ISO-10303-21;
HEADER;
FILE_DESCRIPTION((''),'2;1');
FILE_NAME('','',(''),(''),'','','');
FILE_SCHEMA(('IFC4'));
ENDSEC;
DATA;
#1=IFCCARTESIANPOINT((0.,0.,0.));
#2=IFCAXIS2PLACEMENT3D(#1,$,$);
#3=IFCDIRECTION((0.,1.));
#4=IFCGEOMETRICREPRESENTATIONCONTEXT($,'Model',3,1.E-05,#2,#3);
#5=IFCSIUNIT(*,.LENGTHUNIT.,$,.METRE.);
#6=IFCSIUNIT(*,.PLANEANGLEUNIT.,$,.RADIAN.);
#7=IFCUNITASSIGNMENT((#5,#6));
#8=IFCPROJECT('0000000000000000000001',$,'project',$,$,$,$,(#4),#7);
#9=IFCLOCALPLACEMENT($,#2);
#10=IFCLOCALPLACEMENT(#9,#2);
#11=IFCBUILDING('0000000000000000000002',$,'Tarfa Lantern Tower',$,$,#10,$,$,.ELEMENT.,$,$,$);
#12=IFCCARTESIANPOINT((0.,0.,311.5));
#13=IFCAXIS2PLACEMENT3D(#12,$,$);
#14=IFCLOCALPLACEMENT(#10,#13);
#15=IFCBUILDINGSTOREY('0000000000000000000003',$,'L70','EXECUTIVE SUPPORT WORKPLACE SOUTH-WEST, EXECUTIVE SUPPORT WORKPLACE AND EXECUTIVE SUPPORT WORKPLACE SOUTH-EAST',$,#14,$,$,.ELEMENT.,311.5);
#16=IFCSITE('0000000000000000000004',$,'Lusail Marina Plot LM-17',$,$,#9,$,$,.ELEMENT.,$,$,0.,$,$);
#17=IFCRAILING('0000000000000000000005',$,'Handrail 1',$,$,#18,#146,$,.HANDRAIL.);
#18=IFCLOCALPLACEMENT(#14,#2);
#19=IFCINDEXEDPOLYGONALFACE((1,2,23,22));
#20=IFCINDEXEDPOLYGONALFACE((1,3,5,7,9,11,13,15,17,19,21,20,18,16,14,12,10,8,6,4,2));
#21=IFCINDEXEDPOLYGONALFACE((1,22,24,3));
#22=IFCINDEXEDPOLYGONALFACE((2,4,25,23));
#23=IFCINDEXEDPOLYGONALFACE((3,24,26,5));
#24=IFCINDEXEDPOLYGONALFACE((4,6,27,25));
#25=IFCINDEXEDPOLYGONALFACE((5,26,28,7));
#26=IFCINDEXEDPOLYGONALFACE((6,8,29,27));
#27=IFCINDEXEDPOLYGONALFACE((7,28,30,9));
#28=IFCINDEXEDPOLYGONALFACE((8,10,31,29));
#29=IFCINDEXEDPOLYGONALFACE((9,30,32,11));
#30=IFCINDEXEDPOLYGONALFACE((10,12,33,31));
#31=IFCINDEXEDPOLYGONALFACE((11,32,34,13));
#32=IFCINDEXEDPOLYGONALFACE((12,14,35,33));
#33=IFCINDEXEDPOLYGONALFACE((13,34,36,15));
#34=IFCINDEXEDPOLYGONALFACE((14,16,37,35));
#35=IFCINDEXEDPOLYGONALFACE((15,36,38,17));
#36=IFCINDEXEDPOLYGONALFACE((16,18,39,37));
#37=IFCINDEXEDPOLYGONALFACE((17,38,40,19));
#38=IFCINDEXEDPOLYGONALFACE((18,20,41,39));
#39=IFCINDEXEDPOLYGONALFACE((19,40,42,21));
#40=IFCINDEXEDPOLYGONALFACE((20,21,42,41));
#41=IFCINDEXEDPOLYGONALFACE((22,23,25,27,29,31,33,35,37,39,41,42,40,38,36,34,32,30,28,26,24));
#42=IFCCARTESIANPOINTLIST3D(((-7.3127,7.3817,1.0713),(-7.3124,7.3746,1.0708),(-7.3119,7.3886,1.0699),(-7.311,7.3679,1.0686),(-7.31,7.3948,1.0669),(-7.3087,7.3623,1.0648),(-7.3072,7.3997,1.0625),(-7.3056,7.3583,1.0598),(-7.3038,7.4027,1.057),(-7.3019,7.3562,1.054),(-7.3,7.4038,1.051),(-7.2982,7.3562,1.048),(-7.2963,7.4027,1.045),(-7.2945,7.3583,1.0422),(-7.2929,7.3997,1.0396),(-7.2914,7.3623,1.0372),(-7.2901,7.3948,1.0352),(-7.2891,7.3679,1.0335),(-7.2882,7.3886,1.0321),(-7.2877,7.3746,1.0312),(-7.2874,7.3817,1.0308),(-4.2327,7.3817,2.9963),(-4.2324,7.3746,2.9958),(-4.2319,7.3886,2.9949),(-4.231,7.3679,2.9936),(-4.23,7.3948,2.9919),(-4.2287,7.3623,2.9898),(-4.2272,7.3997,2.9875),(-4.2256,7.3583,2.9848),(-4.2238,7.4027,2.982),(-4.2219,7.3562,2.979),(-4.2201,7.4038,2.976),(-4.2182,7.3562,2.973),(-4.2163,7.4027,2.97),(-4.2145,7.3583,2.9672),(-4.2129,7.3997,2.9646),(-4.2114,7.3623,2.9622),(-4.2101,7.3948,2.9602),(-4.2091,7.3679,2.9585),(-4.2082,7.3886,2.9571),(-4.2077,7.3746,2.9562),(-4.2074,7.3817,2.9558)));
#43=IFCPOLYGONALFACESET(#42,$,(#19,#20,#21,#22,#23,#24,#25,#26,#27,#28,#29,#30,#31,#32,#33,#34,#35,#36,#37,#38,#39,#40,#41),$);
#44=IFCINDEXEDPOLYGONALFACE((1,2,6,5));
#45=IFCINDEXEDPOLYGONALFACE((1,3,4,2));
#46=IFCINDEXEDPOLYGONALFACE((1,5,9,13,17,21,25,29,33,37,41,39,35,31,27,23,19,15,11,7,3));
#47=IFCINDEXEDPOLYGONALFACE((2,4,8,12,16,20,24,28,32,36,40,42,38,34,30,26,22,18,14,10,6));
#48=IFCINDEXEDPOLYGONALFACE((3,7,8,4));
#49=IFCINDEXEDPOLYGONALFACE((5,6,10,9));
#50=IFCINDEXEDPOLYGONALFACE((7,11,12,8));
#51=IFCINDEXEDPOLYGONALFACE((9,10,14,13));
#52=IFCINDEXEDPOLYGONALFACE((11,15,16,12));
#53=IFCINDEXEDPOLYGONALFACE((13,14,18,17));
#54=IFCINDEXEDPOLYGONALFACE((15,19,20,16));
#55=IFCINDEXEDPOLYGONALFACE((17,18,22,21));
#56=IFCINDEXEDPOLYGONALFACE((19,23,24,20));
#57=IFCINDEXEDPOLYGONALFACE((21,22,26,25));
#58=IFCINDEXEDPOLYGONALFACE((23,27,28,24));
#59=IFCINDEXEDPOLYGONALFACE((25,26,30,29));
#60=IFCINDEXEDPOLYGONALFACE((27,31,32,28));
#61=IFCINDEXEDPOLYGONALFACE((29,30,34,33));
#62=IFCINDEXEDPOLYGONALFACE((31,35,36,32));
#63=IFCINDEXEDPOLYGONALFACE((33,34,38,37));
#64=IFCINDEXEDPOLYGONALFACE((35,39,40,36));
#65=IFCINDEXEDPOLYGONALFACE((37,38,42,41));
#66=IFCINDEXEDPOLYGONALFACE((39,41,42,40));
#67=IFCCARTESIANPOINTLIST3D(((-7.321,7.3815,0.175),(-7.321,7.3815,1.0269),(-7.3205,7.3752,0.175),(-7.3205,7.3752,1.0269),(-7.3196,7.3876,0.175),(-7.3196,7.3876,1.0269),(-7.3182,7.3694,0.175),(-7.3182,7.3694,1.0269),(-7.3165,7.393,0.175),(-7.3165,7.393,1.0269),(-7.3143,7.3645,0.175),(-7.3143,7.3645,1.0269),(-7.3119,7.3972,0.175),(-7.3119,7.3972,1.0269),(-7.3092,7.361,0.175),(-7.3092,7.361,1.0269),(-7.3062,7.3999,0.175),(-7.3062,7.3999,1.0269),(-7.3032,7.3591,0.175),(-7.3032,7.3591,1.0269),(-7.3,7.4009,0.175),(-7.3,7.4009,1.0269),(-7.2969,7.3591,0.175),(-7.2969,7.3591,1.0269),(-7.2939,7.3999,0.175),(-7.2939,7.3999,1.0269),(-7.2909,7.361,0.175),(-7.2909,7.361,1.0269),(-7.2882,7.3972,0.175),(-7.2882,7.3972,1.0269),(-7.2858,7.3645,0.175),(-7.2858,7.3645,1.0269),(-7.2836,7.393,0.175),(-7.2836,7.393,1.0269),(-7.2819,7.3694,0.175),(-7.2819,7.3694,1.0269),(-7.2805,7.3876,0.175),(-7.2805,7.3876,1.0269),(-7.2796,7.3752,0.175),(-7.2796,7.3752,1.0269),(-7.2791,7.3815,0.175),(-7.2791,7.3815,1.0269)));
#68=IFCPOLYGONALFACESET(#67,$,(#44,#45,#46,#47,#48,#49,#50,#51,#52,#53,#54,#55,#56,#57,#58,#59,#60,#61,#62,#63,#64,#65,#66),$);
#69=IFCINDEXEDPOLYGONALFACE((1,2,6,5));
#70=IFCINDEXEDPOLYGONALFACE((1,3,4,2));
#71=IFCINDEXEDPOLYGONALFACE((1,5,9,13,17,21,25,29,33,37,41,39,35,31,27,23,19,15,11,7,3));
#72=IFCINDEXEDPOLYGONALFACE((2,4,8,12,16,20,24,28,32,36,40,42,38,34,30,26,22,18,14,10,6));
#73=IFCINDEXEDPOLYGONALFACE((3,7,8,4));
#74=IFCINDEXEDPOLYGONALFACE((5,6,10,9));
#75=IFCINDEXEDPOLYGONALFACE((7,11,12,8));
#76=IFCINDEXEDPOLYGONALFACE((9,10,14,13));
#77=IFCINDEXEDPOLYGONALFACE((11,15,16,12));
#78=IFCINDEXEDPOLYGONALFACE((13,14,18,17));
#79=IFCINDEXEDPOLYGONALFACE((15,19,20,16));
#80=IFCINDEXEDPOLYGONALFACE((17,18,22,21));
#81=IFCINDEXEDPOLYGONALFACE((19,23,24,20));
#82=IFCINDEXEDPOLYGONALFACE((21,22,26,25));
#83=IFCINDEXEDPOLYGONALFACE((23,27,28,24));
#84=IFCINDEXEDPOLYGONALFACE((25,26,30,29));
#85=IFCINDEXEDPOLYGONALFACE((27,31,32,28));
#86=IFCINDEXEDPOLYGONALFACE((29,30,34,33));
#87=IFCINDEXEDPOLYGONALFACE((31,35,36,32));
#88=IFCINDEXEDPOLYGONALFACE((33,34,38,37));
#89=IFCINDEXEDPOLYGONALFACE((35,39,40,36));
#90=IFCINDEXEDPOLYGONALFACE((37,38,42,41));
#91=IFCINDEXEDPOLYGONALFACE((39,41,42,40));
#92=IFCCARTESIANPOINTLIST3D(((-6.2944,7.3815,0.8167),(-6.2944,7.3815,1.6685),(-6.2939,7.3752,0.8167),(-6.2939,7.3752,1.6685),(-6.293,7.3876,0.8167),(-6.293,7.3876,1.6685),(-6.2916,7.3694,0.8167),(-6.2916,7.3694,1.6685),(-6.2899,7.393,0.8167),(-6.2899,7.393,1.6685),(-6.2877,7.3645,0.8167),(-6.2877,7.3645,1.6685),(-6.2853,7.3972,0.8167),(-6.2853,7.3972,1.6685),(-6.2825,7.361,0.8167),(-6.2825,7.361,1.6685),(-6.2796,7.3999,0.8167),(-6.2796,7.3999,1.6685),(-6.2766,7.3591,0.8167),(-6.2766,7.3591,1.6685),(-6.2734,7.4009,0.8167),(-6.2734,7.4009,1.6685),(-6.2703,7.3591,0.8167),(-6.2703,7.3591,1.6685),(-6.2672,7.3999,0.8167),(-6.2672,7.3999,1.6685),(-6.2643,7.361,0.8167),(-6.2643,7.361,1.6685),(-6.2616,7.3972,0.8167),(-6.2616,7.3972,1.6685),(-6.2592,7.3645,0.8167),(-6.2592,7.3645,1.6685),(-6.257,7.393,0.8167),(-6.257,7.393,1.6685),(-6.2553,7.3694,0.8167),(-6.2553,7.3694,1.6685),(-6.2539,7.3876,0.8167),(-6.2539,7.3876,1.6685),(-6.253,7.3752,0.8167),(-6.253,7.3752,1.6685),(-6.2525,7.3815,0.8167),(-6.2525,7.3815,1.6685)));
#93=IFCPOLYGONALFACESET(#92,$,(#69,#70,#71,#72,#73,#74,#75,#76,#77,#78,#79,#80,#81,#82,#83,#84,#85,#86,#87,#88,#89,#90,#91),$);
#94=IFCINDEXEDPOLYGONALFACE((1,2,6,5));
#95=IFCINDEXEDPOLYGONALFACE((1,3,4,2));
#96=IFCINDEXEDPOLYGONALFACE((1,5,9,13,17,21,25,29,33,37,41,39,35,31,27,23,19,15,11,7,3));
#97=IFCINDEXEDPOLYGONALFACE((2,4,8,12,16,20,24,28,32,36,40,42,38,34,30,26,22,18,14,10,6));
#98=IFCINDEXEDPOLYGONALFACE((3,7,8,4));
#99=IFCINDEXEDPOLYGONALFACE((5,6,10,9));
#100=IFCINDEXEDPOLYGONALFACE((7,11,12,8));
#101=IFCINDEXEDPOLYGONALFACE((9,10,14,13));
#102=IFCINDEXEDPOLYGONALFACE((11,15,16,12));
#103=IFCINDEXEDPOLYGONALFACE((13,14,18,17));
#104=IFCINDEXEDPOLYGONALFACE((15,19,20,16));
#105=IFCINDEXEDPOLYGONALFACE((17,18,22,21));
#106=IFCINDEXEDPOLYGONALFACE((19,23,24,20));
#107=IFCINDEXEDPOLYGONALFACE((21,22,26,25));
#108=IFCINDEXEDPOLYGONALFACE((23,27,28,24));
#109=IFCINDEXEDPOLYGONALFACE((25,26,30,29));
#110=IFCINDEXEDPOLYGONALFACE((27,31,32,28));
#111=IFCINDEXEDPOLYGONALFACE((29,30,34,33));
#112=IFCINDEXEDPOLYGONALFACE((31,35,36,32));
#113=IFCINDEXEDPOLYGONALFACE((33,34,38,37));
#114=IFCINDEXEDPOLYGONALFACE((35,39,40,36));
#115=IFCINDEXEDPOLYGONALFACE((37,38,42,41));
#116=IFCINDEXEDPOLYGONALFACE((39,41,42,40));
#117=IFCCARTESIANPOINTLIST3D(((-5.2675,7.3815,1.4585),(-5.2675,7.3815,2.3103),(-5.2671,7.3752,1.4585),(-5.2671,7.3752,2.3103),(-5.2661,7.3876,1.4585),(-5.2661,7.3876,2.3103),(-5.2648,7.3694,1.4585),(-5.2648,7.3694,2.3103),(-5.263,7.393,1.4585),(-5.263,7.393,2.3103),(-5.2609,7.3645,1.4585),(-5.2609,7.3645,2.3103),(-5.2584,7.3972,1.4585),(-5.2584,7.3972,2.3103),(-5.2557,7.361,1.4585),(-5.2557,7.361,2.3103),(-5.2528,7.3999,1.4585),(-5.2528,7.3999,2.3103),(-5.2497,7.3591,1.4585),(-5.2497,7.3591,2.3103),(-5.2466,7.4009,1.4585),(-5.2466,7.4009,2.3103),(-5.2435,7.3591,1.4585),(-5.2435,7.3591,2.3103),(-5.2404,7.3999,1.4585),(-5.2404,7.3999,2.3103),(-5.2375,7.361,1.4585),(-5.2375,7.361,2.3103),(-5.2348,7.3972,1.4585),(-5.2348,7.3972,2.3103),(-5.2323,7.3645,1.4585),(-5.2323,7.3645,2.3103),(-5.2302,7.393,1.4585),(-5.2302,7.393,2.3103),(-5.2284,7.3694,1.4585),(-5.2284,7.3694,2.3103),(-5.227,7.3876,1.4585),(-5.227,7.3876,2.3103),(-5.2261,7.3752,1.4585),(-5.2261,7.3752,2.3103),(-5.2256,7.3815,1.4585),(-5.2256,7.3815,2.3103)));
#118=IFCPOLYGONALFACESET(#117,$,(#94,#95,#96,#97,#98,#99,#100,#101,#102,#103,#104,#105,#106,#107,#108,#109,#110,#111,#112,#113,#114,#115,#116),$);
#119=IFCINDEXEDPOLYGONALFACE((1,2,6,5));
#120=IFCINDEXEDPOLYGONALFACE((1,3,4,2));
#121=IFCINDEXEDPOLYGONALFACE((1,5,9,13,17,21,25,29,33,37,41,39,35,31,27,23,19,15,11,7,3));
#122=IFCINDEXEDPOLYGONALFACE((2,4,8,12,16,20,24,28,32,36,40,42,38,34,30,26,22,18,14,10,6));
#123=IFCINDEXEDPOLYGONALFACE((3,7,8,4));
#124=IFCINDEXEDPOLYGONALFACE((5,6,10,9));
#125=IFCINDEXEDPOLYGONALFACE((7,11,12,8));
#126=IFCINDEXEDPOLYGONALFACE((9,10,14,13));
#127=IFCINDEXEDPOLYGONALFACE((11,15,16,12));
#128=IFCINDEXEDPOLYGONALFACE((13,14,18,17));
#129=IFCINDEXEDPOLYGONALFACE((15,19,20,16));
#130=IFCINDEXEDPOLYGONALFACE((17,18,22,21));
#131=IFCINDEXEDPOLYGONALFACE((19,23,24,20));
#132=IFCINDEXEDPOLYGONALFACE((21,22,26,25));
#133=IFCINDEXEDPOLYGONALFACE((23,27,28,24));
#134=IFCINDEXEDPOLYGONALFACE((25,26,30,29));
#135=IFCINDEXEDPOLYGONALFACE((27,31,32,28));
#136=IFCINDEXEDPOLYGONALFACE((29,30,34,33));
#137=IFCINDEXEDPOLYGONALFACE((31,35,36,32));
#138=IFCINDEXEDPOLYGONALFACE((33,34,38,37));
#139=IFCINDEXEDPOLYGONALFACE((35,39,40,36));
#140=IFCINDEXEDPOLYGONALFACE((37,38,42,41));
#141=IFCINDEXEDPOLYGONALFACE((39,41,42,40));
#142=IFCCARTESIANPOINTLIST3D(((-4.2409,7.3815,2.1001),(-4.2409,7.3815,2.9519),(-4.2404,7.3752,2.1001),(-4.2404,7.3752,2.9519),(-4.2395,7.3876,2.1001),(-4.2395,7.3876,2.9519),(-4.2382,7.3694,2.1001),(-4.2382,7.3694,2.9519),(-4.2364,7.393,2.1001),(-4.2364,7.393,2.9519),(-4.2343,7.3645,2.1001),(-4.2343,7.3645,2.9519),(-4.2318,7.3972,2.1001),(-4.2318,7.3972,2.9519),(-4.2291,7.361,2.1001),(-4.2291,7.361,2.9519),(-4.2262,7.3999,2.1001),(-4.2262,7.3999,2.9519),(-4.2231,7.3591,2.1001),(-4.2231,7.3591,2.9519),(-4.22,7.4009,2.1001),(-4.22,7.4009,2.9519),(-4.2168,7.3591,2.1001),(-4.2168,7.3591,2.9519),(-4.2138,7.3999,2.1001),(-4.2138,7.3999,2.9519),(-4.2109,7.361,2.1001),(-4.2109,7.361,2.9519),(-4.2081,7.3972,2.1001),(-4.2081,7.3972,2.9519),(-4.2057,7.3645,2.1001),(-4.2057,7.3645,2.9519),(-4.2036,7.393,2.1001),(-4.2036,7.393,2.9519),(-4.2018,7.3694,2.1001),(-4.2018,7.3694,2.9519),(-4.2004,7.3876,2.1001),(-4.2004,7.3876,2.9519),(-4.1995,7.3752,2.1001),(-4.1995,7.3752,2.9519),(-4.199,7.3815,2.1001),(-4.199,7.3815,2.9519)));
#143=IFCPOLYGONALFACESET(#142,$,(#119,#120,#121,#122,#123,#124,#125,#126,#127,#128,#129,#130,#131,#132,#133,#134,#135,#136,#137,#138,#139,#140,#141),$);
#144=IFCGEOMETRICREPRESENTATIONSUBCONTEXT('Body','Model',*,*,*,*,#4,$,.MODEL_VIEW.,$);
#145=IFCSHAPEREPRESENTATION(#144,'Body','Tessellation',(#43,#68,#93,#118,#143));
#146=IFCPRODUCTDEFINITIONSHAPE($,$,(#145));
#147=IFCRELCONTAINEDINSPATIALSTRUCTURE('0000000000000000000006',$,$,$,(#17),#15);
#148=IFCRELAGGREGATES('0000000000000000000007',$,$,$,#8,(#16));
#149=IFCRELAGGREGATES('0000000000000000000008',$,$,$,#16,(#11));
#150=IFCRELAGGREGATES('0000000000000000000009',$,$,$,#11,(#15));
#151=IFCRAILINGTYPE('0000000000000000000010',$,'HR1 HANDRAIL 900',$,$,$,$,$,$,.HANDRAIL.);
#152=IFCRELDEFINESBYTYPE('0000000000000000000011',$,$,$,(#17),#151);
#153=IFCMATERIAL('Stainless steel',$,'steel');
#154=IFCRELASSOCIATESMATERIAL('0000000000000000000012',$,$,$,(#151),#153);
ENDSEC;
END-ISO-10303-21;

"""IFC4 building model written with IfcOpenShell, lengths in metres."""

from ifc_helpers import new_model, si_unit, direction, frame, origin, origin_2d, place, context, subcontext, project, spatial, circle, extrude, material, type_object, element, save


model = new_model("IFC4")

# Units and contexts
model_context = context("Model", 3, precision=1e-05, world=origin(), true_north=direction((0.0, 1.0)))
body_context = subcontext(model_context, "Body", "Model", "MODEL_VIEW")
ifc_project = project(units=[si_unit("LENGTHUNIT", "METRE"), si_unit("PLANEANGLEUNIT", "RADIAN")], contexts=[model_context])

# Site, building, storey
site_placement = place(None, origin())
site = spatial("IfcSite", under=ifc_project, at=site_placement, Name="Lusail Marina Plot LM-17", CompositionType="ELEMENT", RefElevation=0.0)
building_placement = place(site_placement, origin())
building = spatial("IfcBuilding", under=site, at=building_placement, Name="Tarfa Lantern Tower", CompositionType="ELEMENT")
storey_placement = place(building_placement, frame((0.0, 0.0, 311.5)))
storey = spatial("IfcBuildingStorey", under=building, at=storey_placement, Name="L70", Description="EXECUTIVE SUPPORT WORKPLACE SOUTH-WEST, EXECUTIVE SUPPORT WORKPLACE AND EXECUTIVE SUPPORT WORKPLACE SOUTH-EAST", CompositionType="ELEMENT", Elevation=311.5)

# Railing
ifc_material_1 = material(Name="Stainless steel", Category="steel")
railing_type = type_object("IfcRailingType", Name="HR1 HANDRAIL 900", PredefinedType="HANDRAIL", material=ifc_material_1)
railing_placement = place(storey_placement, frame((-7.3, 7.3799, 0.175)))
element("IfcRailing", 1, at=railing_placement, inside=storey, type_object=railing_type, Name="Handrail 1", PredefinedType="HANDRAIL", context=body_context, shape_type="SweptSolid", body=[
    extrude(circle(Radius=0.0239, at=origin_2d()), frame((0.0, 0.0, 0.876), z_axis=(0.847998, 0.0, 0.529999), x_axis=(0.0, 1.0, 0.0)), (0.0, 0.0, 1.0), 3.6321),
    extrude(circle(Radius=0.021, at=origin_2d()), frame((0.0, 0.0, 0.0), z_axis=(0.0, 0.0, 1.0), x_axis=(0.0, 1.0, 0.0)), (0.0, 0.0, 1.0), 0.8518),
    extrude(circle(Radius=0.021, at=origin_2d()), frame((1.0266, 0.0, 0.6416), z_axis=(0.0, 0.0, 1.0), x_axis=(0.0, 1.0, 0.0)), (0.0, 0.0, 1.0), 0.8518),
    extrude(circle(Radius=0.021, at=origin_2d()), frame((2.0535, 0.0, 1.2834), z_axis=(0.0, 0.0, 1.0), x_axis=(0.0, 1.0, 0.0)), (0.0, 0.0, 1.0), 0.8518),
    extrude(circle(Radius=0.021, at=origin_2d()), frame((3.0801, 0.0, 1.925), z_axis=(0.0, 0.0, 1.0), x_axis=(0.0, 1.0, 0.0)), (0.0, 0.0, 1.0), 0.8518),
])

save(model, "model.ifc")
